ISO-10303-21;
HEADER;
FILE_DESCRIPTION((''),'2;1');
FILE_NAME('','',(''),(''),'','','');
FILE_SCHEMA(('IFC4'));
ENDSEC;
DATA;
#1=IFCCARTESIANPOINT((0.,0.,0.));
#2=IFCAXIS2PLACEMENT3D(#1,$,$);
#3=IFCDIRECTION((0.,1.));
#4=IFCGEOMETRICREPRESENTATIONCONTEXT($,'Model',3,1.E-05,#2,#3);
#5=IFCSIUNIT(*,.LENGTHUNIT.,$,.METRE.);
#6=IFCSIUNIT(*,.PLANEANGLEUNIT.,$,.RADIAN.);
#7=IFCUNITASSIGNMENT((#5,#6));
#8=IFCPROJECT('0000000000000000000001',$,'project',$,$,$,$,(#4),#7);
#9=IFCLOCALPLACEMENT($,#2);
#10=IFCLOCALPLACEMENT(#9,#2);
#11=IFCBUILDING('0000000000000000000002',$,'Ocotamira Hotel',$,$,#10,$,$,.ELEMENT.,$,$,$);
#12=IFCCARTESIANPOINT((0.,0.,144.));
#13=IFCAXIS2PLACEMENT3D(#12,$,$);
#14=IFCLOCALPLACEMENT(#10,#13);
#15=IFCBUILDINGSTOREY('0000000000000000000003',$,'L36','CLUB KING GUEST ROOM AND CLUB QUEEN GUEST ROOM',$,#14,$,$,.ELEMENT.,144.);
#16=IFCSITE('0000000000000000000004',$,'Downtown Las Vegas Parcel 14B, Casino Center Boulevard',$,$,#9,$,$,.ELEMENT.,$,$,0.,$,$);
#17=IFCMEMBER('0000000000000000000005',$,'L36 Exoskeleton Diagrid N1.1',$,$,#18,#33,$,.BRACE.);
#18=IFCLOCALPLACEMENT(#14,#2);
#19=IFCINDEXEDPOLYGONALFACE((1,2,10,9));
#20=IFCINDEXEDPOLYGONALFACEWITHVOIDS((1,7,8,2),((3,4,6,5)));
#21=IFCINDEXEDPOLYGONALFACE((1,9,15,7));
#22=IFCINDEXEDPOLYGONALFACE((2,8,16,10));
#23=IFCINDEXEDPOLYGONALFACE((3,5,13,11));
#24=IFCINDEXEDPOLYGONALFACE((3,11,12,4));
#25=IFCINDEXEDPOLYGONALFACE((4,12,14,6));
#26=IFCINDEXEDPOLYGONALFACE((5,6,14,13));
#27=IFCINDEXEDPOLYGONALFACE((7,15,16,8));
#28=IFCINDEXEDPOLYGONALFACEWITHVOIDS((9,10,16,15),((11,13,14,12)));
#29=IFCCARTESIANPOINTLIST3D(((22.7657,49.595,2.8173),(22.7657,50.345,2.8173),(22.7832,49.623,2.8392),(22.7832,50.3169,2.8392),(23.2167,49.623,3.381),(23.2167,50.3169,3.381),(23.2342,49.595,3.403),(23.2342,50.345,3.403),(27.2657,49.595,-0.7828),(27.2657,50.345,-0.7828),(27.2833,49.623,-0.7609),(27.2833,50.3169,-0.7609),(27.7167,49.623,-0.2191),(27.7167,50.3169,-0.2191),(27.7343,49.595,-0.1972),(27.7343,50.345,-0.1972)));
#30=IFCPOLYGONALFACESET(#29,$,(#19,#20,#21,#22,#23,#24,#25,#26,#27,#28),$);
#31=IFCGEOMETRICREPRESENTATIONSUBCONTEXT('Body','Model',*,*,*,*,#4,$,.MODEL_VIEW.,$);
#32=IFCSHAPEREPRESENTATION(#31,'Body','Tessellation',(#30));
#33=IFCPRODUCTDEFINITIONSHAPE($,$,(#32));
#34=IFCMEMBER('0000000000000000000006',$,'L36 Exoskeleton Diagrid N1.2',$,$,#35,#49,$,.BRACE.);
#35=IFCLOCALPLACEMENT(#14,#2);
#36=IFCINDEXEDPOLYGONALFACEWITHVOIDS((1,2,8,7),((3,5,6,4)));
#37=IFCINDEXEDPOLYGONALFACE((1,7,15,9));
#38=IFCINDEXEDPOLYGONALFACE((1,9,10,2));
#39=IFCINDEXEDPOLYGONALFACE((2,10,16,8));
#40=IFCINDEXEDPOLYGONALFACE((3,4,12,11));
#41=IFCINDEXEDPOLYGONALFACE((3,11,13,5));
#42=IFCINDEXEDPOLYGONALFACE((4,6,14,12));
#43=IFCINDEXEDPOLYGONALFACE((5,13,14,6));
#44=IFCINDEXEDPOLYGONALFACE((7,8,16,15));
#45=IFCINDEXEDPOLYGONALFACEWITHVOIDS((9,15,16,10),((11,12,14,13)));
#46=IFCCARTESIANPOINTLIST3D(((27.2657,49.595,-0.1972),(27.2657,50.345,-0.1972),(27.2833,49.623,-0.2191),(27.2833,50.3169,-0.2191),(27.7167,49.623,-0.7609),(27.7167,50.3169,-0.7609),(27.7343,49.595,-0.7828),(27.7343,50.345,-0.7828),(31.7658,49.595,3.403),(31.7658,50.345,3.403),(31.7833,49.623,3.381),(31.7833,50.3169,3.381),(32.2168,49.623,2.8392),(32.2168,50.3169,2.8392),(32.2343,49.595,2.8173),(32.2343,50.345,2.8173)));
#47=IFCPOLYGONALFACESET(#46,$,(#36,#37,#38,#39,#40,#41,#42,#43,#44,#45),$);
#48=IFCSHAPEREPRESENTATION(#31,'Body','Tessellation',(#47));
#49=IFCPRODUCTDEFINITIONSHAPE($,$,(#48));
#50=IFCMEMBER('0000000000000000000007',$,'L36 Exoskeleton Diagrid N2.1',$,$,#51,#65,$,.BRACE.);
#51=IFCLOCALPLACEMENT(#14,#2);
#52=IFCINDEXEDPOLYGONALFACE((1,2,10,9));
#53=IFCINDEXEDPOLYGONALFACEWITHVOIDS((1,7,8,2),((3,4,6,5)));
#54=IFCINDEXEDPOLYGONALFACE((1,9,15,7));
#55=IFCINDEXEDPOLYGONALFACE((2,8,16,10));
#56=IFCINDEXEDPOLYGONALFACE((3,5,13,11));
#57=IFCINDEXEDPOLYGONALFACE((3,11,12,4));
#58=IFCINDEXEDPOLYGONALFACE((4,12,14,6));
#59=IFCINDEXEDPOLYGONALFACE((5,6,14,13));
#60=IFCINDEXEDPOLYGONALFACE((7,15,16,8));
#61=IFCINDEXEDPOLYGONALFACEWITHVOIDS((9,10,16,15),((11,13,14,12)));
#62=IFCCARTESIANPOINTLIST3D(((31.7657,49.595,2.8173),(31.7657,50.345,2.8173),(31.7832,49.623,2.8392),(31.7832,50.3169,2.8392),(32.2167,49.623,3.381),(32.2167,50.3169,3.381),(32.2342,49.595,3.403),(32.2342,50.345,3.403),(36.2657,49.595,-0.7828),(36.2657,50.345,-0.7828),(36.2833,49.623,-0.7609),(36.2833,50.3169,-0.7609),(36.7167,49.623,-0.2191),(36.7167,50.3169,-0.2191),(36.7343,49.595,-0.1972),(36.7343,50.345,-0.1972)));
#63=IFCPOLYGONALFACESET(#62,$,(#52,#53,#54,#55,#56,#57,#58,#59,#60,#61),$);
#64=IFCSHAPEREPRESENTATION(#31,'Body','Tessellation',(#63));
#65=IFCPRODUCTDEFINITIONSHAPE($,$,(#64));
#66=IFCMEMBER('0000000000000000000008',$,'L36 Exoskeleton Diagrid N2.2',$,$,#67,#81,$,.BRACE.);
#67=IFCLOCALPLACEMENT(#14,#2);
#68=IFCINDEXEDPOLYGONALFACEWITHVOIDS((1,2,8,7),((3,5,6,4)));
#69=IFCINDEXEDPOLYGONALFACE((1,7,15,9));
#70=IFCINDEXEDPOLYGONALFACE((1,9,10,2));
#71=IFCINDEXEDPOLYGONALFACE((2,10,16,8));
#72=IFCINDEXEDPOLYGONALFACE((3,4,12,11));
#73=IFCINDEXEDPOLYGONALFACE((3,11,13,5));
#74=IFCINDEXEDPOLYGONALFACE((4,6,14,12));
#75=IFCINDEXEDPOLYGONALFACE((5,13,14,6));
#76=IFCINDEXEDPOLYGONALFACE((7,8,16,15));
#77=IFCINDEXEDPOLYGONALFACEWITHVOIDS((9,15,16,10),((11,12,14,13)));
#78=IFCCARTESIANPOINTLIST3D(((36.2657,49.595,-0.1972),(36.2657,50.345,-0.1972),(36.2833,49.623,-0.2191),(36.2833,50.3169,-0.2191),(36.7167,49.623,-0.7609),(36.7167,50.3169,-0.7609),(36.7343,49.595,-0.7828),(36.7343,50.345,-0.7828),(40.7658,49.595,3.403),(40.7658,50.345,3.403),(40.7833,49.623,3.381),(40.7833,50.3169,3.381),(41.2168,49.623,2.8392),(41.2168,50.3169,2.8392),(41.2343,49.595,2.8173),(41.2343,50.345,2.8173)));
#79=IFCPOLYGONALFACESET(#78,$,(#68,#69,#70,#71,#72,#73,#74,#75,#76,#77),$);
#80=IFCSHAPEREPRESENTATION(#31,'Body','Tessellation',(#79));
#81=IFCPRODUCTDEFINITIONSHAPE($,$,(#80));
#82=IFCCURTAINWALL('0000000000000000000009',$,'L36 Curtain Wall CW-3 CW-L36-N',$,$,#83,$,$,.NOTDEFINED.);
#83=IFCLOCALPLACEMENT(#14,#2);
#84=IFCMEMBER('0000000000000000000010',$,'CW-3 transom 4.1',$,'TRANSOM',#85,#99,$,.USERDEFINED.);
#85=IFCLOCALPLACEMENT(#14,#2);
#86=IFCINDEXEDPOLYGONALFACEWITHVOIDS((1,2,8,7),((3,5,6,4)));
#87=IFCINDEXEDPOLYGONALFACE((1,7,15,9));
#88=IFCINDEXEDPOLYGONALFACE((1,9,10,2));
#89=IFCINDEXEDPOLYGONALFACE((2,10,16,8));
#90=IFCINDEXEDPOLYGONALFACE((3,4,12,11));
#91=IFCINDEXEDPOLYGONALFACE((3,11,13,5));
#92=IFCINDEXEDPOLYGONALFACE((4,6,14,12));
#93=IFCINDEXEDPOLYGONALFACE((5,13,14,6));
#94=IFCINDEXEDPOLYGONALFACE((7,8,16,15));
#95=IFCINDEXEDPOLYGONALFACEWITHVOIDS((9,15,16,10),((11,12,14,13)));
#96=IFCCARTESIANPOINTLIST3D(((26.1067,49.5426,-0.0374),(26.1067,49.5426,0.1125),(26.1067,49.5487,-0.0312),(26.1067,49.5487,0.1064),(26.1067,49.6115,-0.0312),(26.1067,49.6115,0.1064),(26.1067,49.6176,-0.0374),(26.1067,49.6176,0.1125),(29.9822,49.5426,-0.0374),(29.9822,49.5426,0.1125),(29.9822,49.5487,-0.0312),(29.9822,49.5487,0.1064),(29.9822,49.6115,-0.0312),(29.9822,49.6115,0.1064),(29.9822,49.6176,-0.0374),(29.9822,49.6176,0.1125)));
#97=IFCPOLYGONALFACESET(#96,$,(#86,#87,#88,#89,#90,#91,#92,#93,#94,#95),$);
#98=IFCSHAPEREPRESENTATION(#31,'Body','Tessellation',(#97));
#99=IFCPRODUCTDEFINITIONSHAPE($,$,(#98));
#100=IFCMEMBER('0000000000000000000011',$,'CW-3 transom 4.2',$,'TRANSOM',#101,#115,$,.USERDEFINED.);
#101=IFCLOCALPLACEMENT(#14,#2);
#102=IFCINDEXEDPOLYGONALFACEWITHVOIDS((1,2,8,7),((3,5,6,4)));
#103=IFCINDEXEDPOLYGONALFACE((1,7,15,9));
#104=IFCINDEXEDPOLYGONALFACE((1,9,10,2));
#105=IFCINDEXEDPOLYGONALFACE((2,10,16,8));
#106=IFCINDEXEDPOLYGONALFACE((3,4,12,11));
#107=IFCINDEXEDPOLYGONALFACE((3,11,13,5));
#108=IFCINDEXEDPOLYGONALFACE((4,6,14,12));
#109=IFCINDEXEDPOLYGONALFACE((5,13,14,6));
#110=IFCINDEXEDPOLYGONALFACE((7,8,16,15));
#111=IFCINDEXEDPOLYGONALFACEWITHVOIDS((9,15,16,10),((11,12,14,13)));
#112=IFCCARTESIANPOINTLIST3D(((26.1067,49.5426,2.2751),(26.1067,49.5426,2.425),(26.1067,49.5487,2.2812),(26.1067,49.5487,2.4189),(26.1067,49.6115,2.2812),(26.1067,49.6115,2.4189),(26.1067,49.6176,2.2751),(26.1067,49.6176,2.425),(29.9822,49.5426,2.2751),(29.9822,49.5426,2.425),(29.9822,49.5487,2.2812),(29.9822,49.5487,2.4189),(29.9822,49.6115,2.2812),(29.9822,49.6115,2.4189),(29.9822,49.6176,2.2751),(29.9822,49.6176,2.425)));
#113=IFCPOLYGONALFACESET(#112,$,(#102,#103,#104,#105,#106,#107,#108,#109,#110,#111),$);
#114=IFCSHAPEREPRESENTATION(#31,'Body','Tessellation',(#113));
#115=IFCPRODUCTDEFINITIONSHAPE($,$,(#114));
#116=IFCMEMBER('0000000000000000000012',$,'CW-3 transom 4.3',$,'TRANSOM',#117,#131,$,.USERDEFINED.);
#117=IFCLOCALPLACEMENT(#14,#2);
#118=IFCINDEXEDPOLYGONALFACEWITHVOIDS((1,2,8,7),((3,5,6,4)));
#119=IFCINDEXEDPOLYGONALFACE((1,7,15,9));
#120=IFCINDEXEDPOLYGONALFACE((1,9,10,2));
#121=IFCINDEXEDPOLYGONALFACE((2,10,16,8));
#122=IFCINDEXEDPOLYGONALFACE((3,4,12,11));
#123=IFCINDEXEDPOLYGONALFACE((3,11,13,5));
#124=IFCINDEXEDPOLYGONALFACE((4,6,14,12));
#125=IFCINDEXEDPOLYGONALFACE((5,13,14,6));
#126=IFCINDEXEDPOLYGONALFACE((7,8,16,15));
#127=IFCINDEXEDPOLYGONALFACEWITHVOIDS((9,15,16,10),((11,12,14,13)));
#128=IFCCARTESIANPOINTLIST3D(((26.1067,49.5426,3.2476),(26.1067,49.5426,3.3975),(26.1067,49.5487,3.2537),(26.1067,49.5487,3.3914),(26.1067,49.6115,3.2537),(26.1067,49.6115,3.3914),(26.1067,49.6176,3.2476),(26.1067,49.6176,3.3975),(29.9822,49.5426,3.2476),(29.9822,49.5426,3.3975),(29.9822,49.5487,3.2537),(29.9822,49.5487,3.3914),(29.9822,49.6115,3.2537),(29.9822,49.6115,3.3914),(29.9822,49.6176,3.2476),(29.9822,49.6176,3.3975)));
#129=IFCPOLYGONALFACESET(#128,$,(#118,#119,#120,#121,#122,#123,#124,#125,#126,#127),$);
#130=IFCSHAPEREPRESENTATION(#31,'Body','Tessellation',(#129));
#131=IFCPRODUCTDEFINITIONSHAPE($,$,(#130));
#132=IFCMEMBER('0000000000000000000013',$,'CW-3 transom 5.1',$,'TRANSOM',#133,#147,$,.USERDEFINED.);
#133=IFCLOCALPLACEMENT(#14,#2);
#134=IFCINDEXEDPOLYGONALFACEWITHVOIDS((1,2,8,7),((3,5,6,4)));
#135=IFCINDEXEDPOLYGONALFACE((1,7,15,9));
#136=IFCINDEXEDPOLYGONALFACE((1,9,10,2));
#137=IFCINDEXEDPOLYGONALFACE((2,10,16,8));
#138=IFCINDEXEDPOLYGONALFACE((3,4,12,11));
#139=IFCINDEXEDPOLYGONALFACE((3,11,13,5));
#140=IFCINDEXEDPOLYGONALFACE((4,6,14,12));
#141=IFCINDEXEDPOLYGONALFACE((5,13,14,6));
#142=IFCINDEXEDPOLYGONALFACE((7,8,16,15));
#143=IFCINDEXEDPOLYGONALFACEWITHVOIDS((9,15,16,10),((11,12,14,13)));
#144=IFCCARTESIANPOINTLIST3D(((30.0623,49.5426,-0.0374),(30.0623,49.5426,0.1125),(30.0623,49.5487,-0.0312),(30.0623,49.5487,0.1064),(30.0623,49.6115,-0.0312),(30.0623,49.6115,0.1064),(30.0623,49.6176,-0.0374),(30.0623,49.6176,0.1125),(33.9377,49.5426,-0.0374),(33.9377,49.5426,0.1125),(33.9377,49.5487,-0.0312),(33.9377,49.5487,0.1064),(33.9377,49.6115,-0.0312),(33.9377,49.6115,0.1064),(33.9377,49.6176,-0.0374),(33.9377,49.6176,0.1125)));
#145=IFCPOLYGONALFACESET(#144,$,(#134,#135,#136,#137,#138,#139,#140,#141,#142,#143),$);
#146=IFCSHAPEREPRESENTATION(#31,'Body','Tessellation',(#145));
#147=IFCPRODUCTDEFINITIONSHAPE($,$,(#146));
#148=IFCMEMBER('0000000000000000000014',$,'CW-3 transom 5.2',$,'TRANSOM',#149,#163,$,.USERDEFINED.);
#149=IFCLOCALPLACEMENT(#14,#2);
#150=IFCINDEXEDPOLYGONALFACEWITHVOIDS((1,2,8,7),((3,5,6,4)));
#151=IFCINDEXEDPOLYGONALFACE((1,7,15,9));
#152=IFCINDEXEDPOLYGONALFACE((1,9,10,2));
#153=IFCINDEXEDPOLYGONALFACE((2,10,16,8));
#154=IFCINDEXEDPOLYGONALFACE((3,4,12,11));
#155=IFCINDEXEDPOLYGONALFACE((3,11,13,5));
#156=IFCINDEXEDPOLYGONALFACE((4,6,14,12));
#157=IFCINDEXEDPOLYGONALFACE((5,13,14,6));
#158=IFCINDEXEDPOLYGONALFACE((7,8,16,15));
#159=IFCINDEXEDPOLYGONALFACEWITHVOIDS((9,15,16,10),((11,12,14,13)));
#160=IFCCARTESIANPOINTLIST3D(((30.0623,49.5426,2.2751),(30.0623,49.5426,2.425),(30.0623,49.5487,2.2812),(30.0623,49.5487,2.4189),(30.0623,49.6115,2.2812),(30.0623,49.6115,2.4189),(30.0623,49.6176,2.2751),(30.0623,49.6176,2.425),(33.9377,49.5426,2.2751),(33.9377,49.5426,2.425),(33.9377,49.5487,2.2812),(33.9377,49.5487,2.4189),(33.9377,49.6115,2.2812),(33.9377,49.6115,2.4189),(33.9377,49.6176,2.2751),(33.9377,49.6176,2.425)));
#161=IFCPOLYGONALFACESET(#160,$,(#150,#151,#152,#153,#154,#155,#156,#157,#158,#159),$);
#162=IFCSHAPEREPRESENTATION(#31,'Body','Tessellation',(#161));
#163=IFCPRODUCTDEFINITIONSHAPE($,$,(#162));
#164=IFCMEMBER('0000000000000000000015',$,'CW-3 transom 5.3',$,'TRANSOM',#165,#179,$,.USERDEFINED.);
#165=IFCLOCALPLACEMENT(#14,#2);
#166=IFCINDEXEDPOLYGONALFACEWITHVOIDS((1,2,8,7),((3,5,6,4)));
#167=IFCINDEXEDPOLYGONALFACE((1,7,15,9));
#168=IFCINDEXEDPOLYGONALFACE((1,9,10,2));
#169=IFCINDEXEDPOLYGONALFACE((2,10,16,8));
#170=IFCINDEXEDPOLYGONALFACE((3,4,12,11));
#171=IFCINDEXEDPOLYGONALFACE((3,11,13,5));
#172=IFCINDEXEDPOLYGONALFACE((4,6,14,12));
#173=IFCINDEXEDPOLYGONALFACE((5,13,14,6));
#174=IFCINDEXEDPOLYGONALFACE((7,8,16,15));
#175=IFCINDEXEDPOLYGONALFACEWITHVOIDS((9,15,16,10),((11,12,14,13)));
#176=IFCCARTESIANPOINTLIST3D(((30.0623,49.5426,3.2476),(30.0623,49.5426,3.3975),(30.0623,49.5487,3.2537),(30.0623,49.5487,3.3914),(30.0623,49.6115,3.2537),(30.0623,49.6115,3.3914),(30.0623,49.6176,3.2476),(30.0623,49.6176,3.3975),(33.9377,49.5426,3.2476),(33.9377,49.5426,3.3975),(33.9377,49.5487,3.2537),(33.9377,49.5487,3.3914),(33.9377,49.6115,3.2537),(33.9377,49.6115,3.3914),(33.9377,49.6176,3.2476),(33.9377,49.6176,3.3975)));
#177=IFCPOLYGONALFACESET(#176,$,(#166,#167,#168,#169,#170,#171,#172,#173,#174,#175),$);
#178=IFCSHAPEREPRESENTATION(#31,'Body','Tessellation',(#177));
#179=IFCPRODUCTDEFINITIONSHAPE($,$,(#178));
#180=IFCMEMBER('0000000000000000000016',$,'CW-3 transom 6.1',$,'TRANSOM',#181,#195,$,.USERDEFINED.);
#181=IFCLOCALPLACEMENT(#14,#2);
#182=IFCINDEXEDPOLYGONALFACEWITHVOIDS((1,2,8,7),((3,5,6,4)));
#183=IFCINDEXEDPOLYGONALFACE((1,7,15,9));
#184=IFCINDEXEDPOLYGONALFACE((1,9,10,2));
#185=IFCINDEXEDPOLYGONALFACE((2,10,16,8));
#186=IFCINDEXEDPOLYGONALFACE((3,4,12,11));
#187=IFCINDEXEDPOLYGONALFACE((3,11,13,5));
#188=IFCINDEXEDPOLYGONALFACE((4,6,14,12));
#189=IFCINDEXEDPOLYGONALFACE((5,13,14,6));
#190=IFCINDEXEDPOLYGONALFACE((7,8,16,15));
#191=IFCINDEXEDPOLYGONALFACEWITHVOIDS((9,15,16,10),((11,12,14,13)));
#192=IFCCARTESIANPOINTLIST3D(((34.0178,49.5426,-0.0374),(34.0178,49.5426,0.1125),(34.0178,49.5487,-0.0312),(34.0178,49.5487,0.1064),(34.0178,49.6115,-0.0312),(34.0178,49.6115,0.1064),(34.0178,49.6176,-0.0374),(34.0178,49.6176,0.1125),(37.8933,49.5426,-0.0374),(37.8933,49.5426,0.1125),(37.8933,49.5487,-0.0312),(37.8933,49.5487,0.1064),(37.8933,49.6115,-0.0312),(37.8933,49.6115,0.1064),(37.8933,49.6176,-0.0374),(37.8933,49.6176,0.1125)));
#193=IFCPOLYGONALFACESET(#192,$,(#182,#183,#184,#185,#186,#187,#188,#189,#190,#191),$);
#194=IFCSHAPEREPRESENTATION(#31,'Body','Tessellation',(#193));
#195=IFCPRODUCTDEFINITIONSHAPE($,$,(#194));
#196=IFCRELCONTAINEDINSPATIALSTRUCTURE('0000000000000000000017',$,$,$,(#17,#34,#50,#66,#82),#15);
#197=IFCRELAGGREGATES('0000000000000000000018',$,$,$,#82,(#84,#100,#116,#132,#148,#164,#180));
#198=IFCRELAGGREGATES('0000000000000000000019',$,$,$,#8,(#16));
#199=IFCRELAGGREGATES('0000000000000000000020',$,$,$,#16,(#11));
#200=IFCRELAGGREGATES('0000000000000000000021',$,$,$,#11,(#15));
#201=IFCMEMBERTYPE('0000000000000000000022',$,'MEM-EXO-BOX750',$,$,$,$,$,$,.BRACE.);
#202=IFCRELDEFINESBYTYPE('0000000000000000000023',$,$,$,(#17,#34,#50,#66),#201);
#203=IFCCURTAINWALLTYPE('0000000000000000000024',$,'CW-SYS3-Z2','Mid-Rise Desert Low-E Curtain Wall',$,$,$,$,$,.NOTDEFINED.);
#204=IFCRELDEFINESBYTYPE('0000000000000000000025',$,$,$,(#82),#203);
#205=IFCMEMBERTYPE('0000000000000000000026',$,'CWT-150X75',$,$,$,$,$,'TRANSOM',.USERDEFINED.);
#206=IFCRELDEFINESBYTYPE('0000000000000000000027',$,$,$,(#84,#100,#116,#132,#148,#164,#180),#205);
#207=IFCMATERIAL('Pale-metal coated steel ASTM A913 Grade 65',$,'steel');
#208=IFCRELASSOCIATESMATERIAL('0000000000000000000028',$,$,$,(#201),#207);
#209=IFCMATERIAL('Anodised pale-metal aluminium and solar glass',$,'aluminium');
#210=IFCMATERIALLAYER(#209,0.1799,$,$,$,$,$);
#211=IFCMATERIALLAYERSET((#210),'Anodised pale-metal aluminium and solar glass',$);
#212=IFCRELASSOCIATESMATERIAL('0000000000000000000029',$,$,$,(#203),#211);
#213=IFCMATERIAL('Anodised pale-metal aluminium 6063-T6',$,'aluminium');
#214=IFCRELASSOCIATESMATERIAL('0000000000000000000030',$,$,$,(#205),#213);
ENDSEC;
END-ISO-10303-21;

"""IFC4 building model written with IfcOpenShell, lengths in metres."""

from ifc_helpers import new_model, si_unit, direction, frame, origin, origin_2d, place, context, subcontext, project, spatial, hollow_rectangle, extrude, source, transform, mapped, material, layer, layer_set, material_profile, profile_set, type_object, element, aggregate, save


model = new_model("IFC4")

# Units and contexts
model_context = context("Model", 3, precision=1e-05, world=origin(), true_north=direction((0.0, 1.0)))
body_context = subcontext(model_context, "Body", "Model", "MODEL_VIEW")
ifc_project = project(units=[si_unit("LENGTHUNIT", "METRE"), si_unit("PLANEANGLEUNIT", "RADIAN")], contexts=[model_context])

# Site, building, storey
site_placement = place(None, origin())
site = spatial("IfcSite", under=ifc_project, at=site_placement, Name="Downtown Las Vegas Parcel 14B, Casino Center Boulevard", CompositionType="ELEMENT", RefElevation=0.0)
building_placement = place(site_placement, origin())
building = spatial("IfcBuilding", under=site, at=building_placement, Name="Ocotamira Hotel", CompositionType="ELEMENT")
storey_placement = place(building_placement, frame((0.0, 0.0, 144.0)))
storey = spatial("IfcBuildingStorey", under=building, at=storey_placement, Name="L36", Description="CLUB KING GUEST ROOM AND CLUB QUEEN GUEST ROOM", CompositionType="ELEMENT", Elevation=144.0)

# Members
ifc_material_1 = material(Name="Pale-metal coated steel ASTM A913 Grade 65", Category="steel")
ifc_material_profile_1 = material_profile(ifc_material_1, hollow_rectangle(XDim=0.75, YDim=0.75, WallThickness=0.0281, at=origin_2d()), Name="BOX750X750X28")
ifc_profile_set_1 = profile_set([ifc_material_profile_1], Name="Pale-metal coated steel ASTM A913 Grade 65")
member_type_1 = type_object("IfcMemberType", Name="MEM-EXO-BOX750", PredefinedType="BRACE", material=ifc_profile_set_1)
shared_shape_1 = source(origin(), body_context, "Body", "SweptSolid", [
    extrude(hollow_rectangle(XDim=0.75, YDim=0.75, WallThickness=0.0281, at=origin_2d()), origin(), (0.0, 0.0, 1.0), 5.7629),
])
for number, where, z_axis, x_axis, name in (
    (1, (27.5, 49.97, -0.49), (-0.780861, 0.0, 0.624705), (0.0, -1.0, 0.0), "L36 Exoskeleton Diagrid N1.1"),
    (2, (27.5, 49.97, -0.49), (0.780861, 0.0, 0.624705), (0.0, 1.0, 0.0), "L36 Exoskeleton Diagrid N1.2"),
    (3, (36.5, 49.97, -0.49), (-0.780861, 0.0, 0.624705), (0.0, -1.0, 0.0), "L36 Exoskeleton Diagrid N2.1"),
    (4, (36.5, 49.97, -0.49), (0.780861, 0.0, 0.624705), (0.0, 1.0, 0.0), "L36 Exoskeleton Diagrid N2.2"),
):
    element("IfcMember", number, at=place(storey_placement, frame(where, z_axis=z_axis, x_axis=x_axis)), inside=storey, type_object=member_type_1, Name=name, PredefinedType="BRACE", context=body_context, shape_type="MappedRepresentation", body=[
        mapped(shared_shape_1, transform((0.0, 0.0, 0.0), scale=1.0)),
    ])

# Curtain wall, members
ifc_material_2 = material(Name="Anodised pale-metal aluminium and solar glass", Category="aluminium")
ifc_layer_1 = layer(ifc_material_2, 0.1799)
ifc_layer_set_1 = layer_set([ifc_layer_1], Name="Anodised pale-metal aluminium and solar glass")
curtain_wall_type = type_object("IfcCurtainWallType", Name="CW-SYS3-Z2", Description="Mid-Rise Desert Low-E Curtain Wall", PredefinedType="NOTDEFINED", material=ifc_layer_set_1)
curtain_wall_placement = place(storey_placement, origin())
curtain_wall = element("IfcCurtainWall", 5, at=curtain_wall_placement, inside=storey, type_object=curtain_wall_type, Name="L36 Curtain Wall CW-3 CW-L36-N", PredefinedType="NOTDEFINED")
ifc_material_3 = material(Name="Anodised pale-metal aluminium 6063-T6", Category="aluminium")
ifc_material_profile_2 = material_profile(ifc_material_3, hollow_rectangle(XDim=0.075, YDim=0.1499, WallThickness=0.0061, at=origin_2d()), Name="HSS150X75X6")
ifc_profile_set_2 = profile_set([ifc_material_profile_2], Name="Anodised pale-metal aluminium 6063-T6")
member_type_2 = type_object("IfcMemberType", Name="CWT-150X75", ElementType="TRANSOM", PredefinedType="USERDEFINED", material=ifc_profile_set_2)
shared_shape_2 = source(origin(), body_context, "Body", "SweptSolid", [
    extrude(hollow_rectangle(XDim=0.075, YDim=0.1499, WallThickness=0.0061, at=origin_2d()), origin(), (0.0, 0.0, 1.0), 3.8755),
])
member_1_placement = place(storey_placement, frame((26.1067, 49.5801, 0.0376), z_axis=(1.0, 0.0, 0.0), x_axis=(0.0, 1.0, 0.0)))
member_1 = element("IfcMember", 6, at=member_1_placement, type_object=member_type_2, Name="CW-3 transom 4.1", ObjectType="TRANSOM", PredefinedType="USERDEFINED", context=body_context, shape_type="MappedRepresentation", body=[
    mapped(shared_shape_2, transform((0.0, 0.0, 0.0), scale=1.0)),
])
member_2_placement = place(storey_placement, frame((26.1067, 49.5801, 2.3501), z_axis=(1.0, 0.0, 0.0), x_axis=(0.0, 1.0, 0.0)))
member_2 = element("IfcMember", 7, at=member_2_placement, type_object=member_type_2, Name="CW-3 transom 4.2", ObjectType="TRANSOM", PredefinedType="USERDEFINED", context=body_context, shape_type="MappedRepresentation", body=[
    mapped(shared_shape_2, transform((0.0, 0.0, 0.0), scale=1.0)),
])
member_3_placement = place(storey_placement, frame((26.1067, 49.5801, 3.3225), z_axis=(1.0, 0.0, 0.0), x_axis=(0.0, 1.0, 0.0)))
member_3 = element("IfcMember", 8, at=member_3_placement, type_object=member_type_2, Name="CW-3 transom 4.3", ObjectType="TRANSOM", PredefinedType="USERDEFINED", context=body_context, shape_type="MappedRepresentation", body=[
    mapped(shared_shape_2, transform((0.0, 0.0, 0.0), scale=1.0)),
])
member_4_placement = place(storey_placement, frame((30.0623, 49.5801, 0.0376), z_axis=(1.0, 0.0, 0.0), x_axis=(0.0, 1.0, 0.0)))
member_4 = element("IfcMember", 9, at=member_4_placement, type_object=member_type_2, Name="CW-3 transom 5.1", ObjectType="TRANSOM", PredefinedType="USERDEFINED", context=body_context, shape_type="MappedRepresentation", body=[
    mapped(shared_shape_2, transform((0.0, 0.0, 0.0), scale=1.0)),
])
member_5_placement = place(storey_placement, frame((30.0623, 49.5801, 2.3501), z_axis=(1.0, 0.0, 0.0), x_axis=(0.0, 1.0, 0.0)))
member_5 = element("IfcMember", 10, at=member_5_placement, type_object=member_type_2, Name="CW-3 transom 5.2", ObjectType="TRANSOM", PredefinedType="USERDEFINED", context=body_context, shape_type="MappedRepresentation", body=[
    mapped(shared_shape_2, transform((0.0, 0.0, 0.0), scale=1.0)),
])
member_6_placement = place(storey_placement, frame((30.0623, 49.5801, 3.3225), z_axis=(1.0, 0.0, 0.0), x_axis=(0.0, 1.0, 0.0)))
member_6 = element("IfcMember", 11, at=member_6_placement, type_object=member_type_2, Name="CW-3 transom 5.3", ObjectType="TRANSOM", PredefinedType="USERDEFINED", context=body_context, shape_type="MappedRepresentation", body=[
    mapped(shared_shape_2, transform((0.0, 0.0, 0.0), scale=1.0)),
])
member_7_placement = place(storey_placement, frame((34.0178, 49.5801, 0.0376), z_axis=(1.0, 0.0, 0.0), x_axis=(0.0, 1.0, 0.0)))
member_7 = element("IfcMember", 12, at=member_7_placement, type_object=member_type_2, Name="CW-3 transom 6.1", ObjectType="TRANSOM", PredefinedType="USERDEFINED", context=body_context, shape_type="MappedRepresentation", body=[
    mapped(shared_shape_2, transform((0.0, 0.0, 0.0), scale=1.0)),
])

aggregate(curtain_wall, [member_1, member_2, member_3, member_4, member_5, member_6, member_7])

save(model, "model.ifc")
